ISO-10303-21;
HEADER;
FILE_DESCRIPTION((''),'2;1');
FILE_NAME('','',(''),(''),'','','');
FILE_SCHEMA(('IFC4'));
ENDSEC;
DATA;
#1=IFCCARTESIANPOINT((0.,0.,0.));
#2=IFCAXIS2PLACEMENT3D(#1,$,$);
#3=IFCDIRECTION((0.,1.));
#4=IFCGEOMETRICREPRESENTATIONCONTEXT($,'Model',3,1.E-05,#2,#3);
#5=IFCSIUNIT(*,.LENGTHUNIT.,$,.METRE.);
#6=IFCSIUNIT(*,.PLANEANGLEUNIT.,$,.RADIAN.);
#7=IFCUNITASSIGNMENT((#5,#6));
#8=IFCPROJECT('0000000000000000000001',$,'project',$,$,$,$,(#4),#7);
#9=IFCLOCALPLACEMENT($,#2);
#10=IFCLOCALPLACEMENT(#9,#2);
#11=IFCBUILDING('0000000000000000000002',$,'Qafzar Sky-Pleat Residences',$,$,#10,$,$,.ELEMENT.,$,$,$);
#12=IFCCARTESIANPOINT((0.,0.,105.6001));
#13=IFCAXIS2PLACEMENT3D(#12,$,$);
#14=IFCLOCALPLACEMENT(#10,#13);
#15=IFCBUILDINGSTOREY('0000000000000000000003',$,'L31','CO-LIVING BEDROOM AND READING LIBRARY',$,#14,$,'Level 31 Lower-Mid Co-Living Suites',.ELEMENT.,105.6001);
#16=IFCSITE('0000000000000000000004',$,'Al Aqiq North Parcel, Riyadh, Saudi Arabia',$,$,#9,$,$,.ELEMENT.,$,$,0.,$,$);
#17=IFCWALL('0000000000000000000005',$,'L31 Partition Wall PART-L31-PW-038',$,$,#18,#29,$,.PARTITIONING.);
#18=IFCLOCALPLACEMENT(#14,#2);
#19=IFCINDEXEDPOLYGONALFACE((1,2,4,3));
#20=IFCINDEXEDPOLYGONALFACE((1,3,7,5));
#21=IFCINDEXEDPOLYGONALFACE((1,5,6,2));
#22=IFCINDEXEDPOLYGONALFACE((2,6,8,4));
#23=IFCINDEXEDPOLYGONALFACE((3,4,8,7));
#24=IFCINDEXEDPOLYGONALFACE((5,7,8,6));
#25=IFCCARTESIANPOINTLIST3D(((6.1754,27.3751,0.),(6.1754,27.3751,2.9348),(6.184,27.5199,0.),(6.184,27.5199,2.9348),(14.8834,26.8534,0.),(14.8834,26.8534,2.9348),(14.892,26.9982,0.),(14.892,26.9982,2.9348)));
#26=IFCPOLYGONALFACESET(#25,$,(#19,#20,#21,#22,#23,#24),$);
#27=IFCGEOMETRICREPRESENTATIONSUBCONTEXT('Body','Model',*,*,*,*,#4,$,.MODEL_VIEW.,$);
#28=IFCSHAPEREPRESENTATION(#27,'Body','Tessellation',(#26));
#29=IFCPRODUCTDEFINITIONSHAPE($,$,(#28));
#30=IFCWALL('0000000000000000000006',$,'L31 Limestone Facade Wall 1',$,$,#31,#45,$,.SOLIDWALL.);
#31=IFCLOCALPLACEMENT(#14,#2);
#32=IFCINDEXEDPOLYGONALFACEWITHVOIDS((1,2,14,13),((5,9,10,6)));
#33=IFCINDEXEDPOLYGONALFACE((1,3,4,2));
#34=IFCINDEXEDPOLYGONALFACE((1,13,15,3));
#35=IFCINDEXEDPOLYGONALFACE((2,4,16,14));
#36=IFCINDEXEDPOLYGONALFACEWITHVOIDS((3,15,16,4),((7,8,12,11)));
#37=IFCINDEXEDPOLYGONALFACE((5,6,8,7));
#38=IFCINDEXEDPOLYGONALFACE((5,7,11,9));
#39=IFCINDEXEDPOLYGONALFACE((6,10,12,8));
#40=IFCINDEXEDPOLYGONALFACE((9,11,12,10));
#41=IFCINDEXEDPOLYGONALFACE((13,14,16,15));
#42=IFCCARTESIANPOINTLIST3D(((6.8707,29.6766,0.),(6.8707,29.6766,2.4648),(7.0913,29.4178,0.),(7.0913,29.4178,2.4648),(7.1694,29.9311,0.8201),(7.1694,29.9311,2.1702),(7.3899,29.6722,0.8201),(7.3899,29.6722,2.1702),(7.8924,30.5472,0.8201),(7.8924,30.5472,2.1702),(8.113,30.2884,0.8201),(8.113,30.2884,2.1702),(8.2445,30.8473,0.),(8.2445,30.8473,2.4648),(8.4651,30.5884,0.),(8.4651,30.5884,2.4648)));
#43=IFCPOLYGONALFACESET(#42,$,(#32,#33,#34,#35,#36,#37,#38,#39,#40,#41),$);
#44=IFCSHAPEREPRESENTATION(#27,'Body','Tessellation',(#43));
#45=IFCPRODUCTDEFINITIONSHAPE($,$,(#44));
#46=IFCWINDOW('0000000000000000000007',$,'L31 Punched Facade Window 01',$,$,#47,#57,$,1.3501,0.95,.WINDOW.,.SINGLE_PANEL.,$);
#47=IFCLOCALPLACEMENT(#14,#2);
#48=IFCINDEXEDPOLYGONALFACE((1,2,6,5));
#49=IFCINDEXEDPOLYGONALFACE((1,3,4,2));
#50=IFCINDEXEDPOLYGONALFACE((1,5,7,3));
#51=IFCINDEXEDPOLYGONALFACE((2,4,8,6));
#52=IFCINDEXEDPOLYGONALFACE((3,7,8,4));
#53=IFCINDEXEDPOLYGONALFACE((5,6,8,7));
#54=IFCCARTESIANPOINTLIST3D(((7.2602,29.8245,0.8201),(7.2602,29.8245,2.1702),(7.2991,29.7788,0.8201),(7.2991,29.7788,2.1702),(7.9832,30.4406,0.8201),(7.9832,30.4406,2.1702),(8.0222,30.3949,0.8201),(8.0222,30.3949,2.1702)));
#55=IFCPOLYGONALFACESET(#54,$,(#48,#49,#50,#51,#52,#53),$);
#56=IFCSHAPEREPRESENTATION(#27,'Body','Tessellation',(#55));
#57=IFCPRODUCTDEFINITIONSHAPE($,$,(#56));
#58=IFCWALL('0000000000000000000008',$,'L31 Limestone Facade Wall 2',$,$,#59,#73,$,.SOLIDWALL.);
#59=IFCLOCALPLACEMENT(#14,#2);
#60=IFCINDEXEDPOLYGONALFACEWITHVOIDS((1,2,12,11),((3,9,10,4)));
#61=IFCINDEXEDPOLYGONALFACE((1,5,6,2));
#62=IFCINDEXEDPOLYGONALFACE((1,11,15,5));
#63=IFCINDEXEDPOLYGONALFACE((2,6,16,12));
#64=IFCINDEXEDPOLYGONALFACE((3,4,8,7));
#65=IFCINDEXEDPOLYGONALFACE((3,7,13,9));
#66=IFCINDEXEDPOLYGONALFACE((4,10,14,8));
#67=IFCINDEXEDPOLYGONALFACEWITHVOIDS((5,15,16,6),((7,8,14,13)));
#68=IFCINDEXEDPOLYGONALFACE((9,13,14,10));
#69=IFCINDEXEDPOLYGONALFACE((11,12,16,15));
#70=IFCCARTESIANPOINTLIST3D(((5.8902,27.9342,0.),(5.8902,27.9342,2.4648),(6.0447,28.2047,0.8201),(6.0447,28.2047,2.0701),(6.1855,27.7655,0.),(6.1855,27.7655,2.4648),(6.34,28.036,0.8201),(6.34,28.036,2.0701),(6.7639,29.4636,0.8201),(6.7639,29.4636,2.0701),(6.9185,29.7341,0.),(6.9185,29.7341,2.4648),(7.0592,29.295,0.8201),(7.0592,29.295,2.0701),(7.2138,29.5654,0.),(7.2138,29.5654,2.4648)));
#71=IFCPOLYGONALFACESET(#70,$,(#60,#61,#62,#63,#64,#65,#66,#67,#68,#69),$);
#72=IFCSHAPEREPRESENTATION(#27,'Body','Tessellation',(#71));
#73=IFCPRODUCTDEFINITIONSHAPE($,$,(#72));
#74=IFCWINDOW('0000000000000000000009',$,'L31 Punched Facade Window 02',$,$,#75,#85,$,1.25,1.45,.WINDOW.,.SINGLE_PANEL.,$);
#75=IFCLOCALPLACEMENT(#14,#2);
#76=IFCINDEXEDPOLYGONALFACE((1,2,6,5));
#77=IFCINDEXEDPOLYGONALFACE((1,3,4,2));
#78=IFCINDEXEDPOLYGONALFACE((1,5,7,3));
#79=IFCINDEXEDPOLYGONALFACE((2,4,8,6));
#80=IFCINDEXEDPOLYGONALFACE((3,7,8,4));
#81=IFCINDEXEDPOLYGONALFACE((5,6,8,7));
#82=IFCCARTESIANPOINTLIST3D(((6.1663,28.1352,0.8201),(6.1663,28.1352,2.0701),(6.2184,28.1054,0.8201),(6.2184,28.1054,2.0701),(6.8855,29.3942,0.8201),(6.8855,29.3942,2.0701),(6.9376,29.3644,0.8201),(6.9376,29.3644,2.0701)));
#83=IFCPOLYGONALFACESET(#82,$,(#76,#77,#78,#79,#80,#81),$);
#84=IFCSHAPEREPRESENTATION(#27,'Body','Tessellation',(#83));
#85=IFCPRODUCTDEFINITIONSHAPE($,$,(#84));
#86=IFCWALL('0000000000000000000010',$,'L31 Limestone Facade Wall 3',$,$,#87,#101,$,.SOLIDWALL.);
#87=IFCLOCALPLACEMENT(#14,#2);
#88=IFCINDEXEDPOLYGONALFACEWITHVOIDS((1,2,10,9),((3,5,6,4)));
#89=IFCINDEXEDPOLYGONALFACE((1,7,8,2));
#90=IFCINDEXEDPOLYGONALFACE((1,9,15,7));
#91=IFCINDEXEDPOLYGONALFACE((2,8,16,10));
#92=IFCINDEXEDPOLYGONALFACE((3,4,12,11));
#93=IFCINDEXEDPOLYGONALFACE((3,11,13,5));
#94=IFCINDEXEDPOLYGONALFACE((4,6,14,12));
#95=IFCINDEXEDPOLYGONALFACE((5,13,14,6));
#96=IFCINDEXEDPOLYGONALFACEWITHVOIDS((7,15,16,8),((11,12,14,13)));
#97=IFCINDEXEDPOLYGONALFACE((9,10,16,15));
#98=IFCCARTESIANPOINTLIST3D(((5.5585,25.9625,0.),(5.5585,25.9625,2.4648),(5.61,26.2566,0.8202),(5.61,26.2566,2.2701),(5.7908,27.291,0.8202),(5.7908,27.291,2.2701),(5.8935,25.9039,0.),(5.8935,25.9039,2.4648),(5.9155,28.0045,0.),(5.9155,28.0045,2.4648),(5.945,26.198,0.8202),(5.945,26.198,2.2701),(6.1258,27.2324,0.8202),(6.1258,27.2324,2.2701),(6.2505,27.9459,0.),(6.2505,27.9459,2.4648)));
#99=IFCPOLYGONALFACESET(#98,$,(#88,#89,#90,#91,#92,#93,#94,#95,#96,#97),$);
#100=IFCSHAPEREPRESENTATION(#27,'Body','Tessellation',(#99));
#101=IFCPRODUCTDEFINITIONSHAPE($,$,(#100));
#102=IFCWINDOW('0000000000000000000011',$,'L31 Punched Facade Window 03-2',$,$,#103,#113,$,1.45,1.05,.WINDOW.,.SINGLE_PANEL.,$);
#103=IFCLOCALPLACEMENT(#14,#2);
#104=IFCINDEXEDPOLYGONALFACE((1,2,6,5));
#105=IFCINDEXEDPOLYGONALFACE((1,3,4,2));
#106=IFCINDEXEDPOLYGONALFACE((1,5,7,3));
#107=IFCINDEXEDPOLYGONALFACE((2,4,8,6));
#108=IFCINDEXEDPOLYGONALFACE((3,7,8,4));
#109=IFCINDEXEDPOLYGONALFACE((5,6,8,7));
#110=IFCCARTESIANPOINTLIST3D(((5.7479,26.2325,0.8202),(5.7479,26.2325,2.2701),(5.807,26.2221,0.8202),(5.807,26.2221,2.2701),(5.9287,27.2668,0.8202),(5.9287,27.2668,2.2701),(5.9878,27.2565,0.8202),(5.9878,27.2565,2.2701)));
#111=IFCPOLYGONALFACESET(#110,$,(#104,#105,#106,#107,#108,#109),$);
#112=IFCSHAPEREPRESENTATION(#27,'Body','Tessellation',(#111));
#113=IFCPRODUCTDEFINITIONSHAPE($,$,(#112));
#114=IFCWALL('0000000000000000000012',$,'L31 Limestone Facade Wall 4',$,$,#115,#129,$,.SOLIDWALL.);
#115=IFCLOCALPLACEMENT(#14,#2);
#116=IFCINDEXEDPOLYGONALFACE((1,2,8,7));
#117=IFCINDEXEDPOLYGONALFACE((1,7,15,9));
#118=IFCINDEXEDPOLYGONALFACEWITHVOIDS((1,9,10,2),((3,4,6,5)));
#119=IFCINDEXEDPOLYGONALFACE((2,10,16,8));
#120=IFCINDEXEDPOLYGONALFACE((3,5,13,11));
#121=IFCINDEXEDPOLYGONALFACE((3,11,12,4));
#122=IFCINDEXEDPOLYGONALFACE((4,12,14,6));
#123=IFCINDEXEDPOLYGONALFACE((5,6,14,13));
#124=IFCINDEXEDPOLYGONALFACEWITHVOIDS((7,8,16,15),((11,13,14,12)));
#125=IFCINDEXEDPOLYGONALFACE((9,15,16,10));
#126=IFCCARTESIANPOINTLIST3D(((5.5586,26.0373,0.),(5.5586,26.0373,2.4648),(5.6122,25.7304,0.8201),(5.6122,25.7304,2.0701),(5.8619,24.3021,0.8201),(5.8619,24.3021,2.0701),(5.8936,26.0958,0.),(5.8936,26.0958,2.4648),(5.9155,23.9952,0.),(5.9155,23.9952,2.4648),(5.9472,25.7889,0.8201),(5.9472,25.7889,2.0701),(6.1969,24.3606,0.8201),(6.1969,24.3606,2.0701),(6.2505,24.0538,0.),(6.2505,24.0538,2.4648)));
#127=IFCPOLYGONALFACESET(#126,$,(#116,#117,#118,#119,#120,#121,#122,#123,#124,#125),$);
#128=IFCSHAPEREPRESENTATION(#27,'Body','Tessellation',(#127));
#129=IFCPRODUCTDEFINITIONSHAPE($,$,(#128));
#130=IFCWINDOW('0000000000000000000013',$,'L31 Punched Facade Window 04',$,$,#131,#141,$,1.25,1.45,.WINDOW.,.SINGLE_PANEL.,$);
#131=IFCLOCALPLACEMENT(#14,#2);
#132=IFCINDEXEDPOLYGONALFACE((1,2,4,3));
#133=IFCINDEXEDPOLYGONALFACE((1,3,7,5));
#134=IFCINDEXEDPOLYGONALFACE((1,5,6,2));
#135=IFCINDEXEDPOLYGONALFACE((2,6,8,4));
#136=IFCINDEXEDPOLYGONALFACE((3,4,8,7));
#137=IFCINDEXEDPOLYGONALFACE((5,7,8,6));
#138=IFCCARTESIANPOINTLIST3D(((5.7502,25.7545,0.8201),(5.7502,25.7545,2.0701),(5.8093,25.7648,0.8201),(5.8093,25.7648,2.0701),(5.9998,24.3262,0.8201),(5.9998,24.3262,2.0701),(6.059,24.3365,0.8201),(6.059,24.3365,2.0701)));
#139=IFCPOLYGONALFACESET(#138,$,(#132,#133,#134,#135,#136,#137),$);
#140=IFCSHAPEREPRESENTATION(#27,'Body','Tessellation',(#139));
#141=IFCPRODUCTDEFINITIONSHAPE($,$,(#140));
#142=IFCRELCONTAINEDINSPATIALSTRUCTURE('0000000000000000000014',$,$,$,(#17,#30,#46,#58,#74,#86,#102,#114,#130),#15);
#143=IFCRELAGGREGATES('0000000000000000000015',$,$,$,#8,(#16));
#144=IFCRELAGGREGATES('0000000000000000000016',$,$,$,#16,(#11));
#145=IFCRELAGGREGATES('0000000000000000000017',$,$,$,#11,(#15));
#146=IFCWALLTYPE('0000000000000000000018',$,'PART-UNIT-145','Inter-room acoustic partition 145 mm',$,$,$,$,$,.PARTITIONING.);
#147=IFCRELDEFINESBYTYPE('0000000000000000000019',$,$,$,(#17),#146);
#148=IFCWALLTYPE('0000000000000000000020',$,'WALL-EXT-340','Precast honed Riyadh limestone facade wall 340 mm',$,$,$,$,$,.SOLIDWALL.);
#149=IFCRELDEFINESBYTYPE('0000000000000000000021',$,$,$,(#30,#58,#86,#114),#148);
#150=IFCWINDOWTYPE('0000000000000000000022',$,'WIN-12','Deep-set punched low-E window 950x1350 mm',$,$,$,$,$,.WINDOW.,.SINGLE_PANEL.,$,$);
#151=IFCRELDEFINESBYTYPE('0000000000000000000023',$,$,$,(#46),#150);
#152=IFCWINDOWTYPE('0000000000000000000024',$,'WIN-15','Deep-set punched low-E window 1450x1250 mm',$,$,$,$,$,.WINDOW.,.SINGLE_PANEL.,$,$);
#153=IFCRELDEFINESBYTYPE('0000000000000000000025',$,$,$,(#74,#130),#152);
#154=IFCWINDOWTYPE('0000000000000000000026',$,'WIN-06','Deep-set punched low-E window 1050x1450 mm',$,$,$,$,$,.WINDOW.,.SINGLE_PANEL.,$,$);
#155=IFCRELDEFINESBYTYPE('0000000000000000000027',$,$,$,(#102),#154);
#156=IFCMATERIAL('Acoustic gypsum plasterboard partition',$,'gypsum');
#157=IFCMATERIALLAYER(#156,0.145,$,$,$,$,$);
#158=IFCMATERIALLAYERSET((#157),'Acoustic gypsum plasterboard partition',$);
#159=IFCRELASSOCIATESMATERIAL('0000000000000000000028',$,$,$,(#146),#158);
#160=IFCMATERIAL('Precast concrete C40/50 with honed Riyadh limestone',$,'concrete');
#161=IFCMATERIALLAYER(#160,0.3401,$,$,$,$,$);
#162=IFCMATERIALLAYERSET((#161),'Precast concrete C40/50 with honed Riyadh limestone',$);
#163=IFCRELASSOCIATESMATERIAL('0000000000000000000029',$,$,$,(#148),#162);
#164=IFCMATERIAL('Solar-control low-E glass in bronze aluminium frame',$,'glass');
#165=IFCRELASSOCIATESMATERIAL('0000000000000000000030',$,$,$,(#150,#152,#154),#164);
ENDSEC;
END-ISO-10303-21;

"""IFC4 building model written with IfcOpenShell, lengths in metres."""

from ifc_helpers import new_model, si_unit, direction, frame, frame_2d, origin, place, context, subcontext, project, spatial, rectangle, extrude, source, transform, mapped, material, layer, layer_set, type_object, element, fill, save


model = new_model("IFC4")

# Units and contexts
model_context = context("Model", 3, precision=1e-05, world=origin(), true_north=direction((0.0, 1.0)))
body_context = subcontext(model_context, "Body", "Model", "MODEL_VIEW")
ifc_project = project(units=[si_unit("LENGTHUNIT", "METRE"), si_unit("PLANEANGLEUNIT", "RADIAN")], contexts=[model_context])

# Site, building, storey
site_placement = place(None, origin())
site = spatial("IfcSite", under=ifc_project, at=site_placement, Name="Al Aqiq North Parcel, Riyadh, Saudi Arabia", CompositionType="ELEMENT", RefElevation=0.0)
building_placement = place(site_placement, origin())
building = spatial("IfcBuilding", under=site, at=building_placement, Name="Qafzar Sky-Pleat Residences", CompositionType="ELEMENT")
storey_placement = place(building_placement, frame((0.0, 0.0, 105.6001)))
storey = spatial("IfcBuildingStorey", under=building, at=storey_placement, Name="L31", Description="CO-LIVING BEDROOM AND READING LIBRARY", LongName="Level 31 Lower-Mid Co-Living Suites", CompositionType="ELEMENT", Elevation=105.6001)

# Wall
ifc_material_1 = material(Name="Acoustic gypsum plasterboard partition", Category="gypsum")
ifc_layer_1 = layer(ifc_material_1, 0.145)
ifc_layer_set_1 = layer_set([ifc_layer_1], Name="Acoustic gypsum plasterboard partition")
wall_type_1 = type_object("IfcWallType", Name="PART-UNIT-145", Description="Inter-room acoustic partition 145 mm", PredefinedType="PARTITIONING", material=ifc_layer_set_1)
wall_1_placement = place(storey_placement, frame((6.1797, 27.4475, 0.0), z_axis=(0.0, 0.0, 1.0), x_axis=(0.99821, -0.059806, 0.0)))
element("IfcWall", 1, at=wall_1_placement, inside=storey, type_object=wall_type_1, Name="L31 Partition Wall PART-L31-PW-038", PredefinedType="PARTITIONING", context=body_context, shape_type="SweptSolid", body=[
    extrude(rectangle(XDim=8.7236, YDim=0.145, at=frame_2d((4.3618, 0.0))), origin(), (0.0, 0.0, 1.0), 2.9348),
])

# Walls, openings, windows
ifc_material_2 = material(Name="Precast concrete C40/50 with honed Riyadh limestone", Category="concrete")
ifc_layer_2 = layer(ifc_material_2, 0.3401)
ifc_layer_set_2 = layer_set([ifc_layer_2], Name="Precast concrete C40/50 with honed Riyadh limestone")
wall_type_2 = type_object("IfcWallType", Name="WALL-EXT-340", Description="Precast honed Riyadh limestone facade wall 340 mm", PredefinedType="SOLIDWALL", material=ifc_layer_set_2)
wall_2_placement = place(storey_placement, frame((8.3547, 30.7178, 0.0), z_axis=(0.0, 0.0, 1.0), x_axis=(-0.761134, -0.648594, 0.0)))
wall_2 = element("IfcWall", 2, at=wall_2_placement, inside=storey, type_object=wall_type_2, Name="L31 Limestone Facade Wall 1", PredefinedType="SOLIDWALL", context=body_context, shape_type="SweptSolid", body=[
    extrude(rectangle(XDim=1.8049, YDim=0.3401, at=frame_2d((0.9023, 0.0))), origin(), (0.0, 0.0, 1.0), 2.4648),
])
opening_1_placement = place(wall_2_placement, frame((0.4624, 0.0, 0.8201)))
opening_1 = element("IfcOpeningElement", 3, at=opening_1_placement, cuts=wall_2, PredefinedType="OPENING", context=body_context, shape_type="SweptSolid", body=[
    extrude(rectangle(XDim=0.95, YDim=1.3501, at=frame_2d((0.4751, 0.675))), frame((0.0, 0.1802, 0.0), z_axis=(0.0, -1.0, 0.0), x_axis=(1.0, 0.0, 0.0)), (0.0, 0.0, 1.0), 0.3601),
])
ifc_material_3 = material(Name="Solar-control low-E glass in bronze aluminium frame", Category="glass")
window_type_1 = type_object("IfcWindowType", Name="WIN-12", Description="Deep-set punched low-E window 950x1350 mm", PartitioningType="SINGLE_PANEL", PredefinedType="WINDOW", material=ifc_material_3)
shared_shape_1 = source(origin(), body_context, "Body", "SweptSolid", [
    extrude(rectangle(XDim=0.95, YDim=1.3501, at=frame_2d((0.4751, 0.675))), frame((0.0, 0.03, 0.0), z_axis=(0.0, -1.0, 0.0), x_axis=(1.0, 0.0, 0.0)), (0.0, 0.0, 1.0), 0.0601),
])
window_1_placement = place(opening_1_placement, origin())
window_1 = element("IfcWindow", 4, at=window_1_placement, inside=storey, type_object=window_type_1, Name="L31 Punched Facade Window 01", OverallHeight=1.3501, OverallWidth=0.95, PartitioningType="SINGLE_PANEL", PredefinedType="WINDOW", context=body_context, shape_type="MappedRepresentation", body=[
    mapped(shared_shape_1, transform((0.0, 0.0, 0.0), x_axis=(1.0, 0.0, 0.0), y_axis=(0.0, 1.0, 0.0), z_axis=(0.0, 0.0, 1.0), scale=1.0)),
])
fill(opening_1, window_1)
wall_3_placement = place(storey_placement, frame((7.0662, 29.6499, 0.0), z_axis=(0.0, 0.0, 1.0), x_axis=(-0.496037, -0.868301, 0.0)))
wall_3 = element("IfcWall", 5, at=wall_3_placement, inside=storey, type_object=wall_type_2, Name="L31 Limestone Facade Wall 2", PredefinedType="SOLIDWALL", context=body_context, shape_type="SweptSolid", body=[
    extrude(rectangle(XDim=2.073, YDim=0.3401, at=frame_2d((1.0366, 0.0))), origin(), (0.0, 0.0, 1.0), 2.4648),
])
opening_2_placement = place(wall_3_placement, frame((0.3115, 0.0, 0.8201)))
opening_2 = element("IfcOpeningElement", 6, at=opening_2_placement, cuts=wall_3, PredefinedType="OPENING", context=body_context, shape_type="SweptSolid", body=[
    extrude(rectangle(XDim=1.45, YDim=1.25, at=frame_2d((0.7251, 0.625))), frame((0.0, 0.1802, 0.0), z_axis=(0.0, -1.0, 0.0), x_axis=(1.0, 0.0, 0.0)), (0.0, 0.0, 1.0), 0.3601),
])
window_type_2 = type_object("IfcWindowType", Name="WIN-15", Description="Deep-set punched low-E window 1450x1250 mm", PartitioningType="SINGLE_PANEL", PredefinedType="WINDOW", material=ifc_material_3)
shared_shape_2 = source(origin(), body_context, "Body", "SweptSolid", [
    extrude(rectangle(XDim=1.45, YDim=1.25, at=frame_2d((0.7251, 0.625))), frame((0.0, 0.03, 0.0), z_axis=(0.0, -1.0, 0.0), x_axis=(1.0, 0.0, 0.0)), (0.0, 0.0, 1.0), 0.0601),
])
window_2_placement = place(opening_2_placement, origin())
window_2 = element("IfcWindow", 7, at=window_2_placement, inside=storey, type_object=window_type_2, Name="L31 Punched Facade Window 02", OverallHeight=1.25, OverallWidth=1.45, PartitioningType="SINGLE_PANEL", PredefinedType="WINDOW", context=body_context, shape_type="MappedRepresentation", body=[
    mapped(shared_shape_2, transform((0.0, 0.0, 0.0), x_axis=(1.0, 0.0, 0.0), y_axis=(0.0, 1.0, 0.0), z_axis=(0.0, 0.0, 1.0), scale=1.0)),
])
fill(opening_2, window_2)
wall_4_placement = place(storey_placement, frame((6.083, 27.9753, 0.0), z_axis=(0.0, 0.0, 1.0), x_axis=(-0.172186, -0.985064, 0.0)))
wall_4 = element("IfcWall", 8, at=wall_4_placement, inside=storey, type_object=wall_type_2, Name="L31 Limestone Facade Wall 3", PredefinedType="SOLIDWALL", context=body_context, shape_type="SweptSolid", body=[
    extrude(rectangle(XDim=2.073, YDim=0.3401, at=frame_2d((1.0366, 0.0))), origin(), (0.0, 0.0, 1.0), 2.4648),
])
opening_3_placement = place(wall_4_placement, frame((0.7246, 0.0, 0.8201)))
opening_3 = element("IfcOpeningElement", 9, at=opening_3_placement, cuts=wall_4, PredefinedType="OPENING", context=body_context, shape_type="SweptSolid", body=[
    extrude(rectangle(XDim=1.05, YDim=1.45, at=frame_2d((0.5249, 0.7251))), frame((0.0, 0.1802, 0.0), z_axis=(0.0, -1.0, 0.0), x_axis=(1.0, 0.0, 0.0)), (0.0, 0.0, 1.0), 0.3601),
])
window_type_3 = type_object("IfcWindowType", Name="WIN-06", Description="Deep-set punched low-E window 1050x1450 mm", PartitioningType="SINGLE_PANEL", PredefinedType="WINDOW", material=ifc_material_3)
shared_shape_3 = source(origin(), body_context, "Body", "SweptSolid", [
    extrude(rectangle(XDim=1.05, YDim=1.45, at=frame_2d((0.5249, 0.7251))), frame((0.0, 0.03, 0.0), z_axis=(0.0, -1.0, 0.0), x_axis=(1.0, 0.0, 0.0)), (0.0, 0.0, 1.0), 0.0601),
])
window_3_placement = place(opening_3_placement, origin())
window_3 = element("IfcWindow", 10, at=window_3_placement, inside=storey, type_object=window_type_3, Name="L31 Punched Facade Window 03-2", OverallHeight=1.45, OverallWidth=1.05, PartitioningType="SINGLE_PANEL", PredefinedType="WINDOW", context=body_context, shape_type="MappedRepresentation", body=[
    mapped(shared_shape_3, transform((0.0, 0.0, 0.0), x_axis=(1.0, 0.0, 0.0), y_axis=(0.0, 1.0, 0.0), z_axis=(0.0, 0.0, 1.0), scale=1.0)),
])
fill(opening_3, window_3)
wall_5_placement = place(storey_placement, frame((5.7261, 26.0667, 0.0), z_axis=(0.0, 0.0, 1.0), x_axis=(0.172186, -0.985064, 0.0)))
wall_5 = element("IfcWall", 11, at=wall_5_placement, inside=storey, type_object=wall_type_2, Name="L31 Limestone Facade Wall 4", PredefinedType="SOLIDWALL", context=body_context, shape_type="SweptSolid", body=[
    extrude(rectangle(XDim=2.073, YDim=0.3401, at=frame_2d((1.0366, 0.0))), origin(), (0.0, 0.0, 1.0), 2.4648),
])
opening_4_placement = place(wall_5_placement, frame((0.3115, 0.0, 0.8201)))
opening_4 = element("IfcOpeningElement", 12, at=opening_4_placement, cuts=wall_5, PredefinedType="OPENING", context=body_context, shape_type="SweptSolid", body=[
    extrude(rectangle(XDim=1.45, YDim=1.25, at=frame_2d((0.7251, 0.625))), frame((0.0, 0.1802, 0.0), z_axis=(0.0, -1.0, 0.0), x_axis=(1.0, 0.0, 0.0)), (0.0, 0.0, 1.0), 0.3601),
])
window_4_placement = place(opening_4_placement, origin())
window_4 = element("IfcWindow", 13, at=window_4_placement, inside=storey, type_object=window_type_2, Name="L31 Punched Facade Window 04", OverallHeight=1.25, OverallWidth=1.45, PartitioningType="SINGLE_PANEL", PredefinedType="WINDOW", context=body_context, shape_type="MappedRepresentation", body=[
    mapped(shared_shape_2, transform((0.0, 0.0, 0.0), x_axis=(1.0, 0.0, 0.0), y_axis=(0.0, 1.0, 0.0), z_axis=(0.0, 0.0, 1.0), scale=1.0)),
])
fill(opening_4, window_4)

save(model, "model.ifc")
